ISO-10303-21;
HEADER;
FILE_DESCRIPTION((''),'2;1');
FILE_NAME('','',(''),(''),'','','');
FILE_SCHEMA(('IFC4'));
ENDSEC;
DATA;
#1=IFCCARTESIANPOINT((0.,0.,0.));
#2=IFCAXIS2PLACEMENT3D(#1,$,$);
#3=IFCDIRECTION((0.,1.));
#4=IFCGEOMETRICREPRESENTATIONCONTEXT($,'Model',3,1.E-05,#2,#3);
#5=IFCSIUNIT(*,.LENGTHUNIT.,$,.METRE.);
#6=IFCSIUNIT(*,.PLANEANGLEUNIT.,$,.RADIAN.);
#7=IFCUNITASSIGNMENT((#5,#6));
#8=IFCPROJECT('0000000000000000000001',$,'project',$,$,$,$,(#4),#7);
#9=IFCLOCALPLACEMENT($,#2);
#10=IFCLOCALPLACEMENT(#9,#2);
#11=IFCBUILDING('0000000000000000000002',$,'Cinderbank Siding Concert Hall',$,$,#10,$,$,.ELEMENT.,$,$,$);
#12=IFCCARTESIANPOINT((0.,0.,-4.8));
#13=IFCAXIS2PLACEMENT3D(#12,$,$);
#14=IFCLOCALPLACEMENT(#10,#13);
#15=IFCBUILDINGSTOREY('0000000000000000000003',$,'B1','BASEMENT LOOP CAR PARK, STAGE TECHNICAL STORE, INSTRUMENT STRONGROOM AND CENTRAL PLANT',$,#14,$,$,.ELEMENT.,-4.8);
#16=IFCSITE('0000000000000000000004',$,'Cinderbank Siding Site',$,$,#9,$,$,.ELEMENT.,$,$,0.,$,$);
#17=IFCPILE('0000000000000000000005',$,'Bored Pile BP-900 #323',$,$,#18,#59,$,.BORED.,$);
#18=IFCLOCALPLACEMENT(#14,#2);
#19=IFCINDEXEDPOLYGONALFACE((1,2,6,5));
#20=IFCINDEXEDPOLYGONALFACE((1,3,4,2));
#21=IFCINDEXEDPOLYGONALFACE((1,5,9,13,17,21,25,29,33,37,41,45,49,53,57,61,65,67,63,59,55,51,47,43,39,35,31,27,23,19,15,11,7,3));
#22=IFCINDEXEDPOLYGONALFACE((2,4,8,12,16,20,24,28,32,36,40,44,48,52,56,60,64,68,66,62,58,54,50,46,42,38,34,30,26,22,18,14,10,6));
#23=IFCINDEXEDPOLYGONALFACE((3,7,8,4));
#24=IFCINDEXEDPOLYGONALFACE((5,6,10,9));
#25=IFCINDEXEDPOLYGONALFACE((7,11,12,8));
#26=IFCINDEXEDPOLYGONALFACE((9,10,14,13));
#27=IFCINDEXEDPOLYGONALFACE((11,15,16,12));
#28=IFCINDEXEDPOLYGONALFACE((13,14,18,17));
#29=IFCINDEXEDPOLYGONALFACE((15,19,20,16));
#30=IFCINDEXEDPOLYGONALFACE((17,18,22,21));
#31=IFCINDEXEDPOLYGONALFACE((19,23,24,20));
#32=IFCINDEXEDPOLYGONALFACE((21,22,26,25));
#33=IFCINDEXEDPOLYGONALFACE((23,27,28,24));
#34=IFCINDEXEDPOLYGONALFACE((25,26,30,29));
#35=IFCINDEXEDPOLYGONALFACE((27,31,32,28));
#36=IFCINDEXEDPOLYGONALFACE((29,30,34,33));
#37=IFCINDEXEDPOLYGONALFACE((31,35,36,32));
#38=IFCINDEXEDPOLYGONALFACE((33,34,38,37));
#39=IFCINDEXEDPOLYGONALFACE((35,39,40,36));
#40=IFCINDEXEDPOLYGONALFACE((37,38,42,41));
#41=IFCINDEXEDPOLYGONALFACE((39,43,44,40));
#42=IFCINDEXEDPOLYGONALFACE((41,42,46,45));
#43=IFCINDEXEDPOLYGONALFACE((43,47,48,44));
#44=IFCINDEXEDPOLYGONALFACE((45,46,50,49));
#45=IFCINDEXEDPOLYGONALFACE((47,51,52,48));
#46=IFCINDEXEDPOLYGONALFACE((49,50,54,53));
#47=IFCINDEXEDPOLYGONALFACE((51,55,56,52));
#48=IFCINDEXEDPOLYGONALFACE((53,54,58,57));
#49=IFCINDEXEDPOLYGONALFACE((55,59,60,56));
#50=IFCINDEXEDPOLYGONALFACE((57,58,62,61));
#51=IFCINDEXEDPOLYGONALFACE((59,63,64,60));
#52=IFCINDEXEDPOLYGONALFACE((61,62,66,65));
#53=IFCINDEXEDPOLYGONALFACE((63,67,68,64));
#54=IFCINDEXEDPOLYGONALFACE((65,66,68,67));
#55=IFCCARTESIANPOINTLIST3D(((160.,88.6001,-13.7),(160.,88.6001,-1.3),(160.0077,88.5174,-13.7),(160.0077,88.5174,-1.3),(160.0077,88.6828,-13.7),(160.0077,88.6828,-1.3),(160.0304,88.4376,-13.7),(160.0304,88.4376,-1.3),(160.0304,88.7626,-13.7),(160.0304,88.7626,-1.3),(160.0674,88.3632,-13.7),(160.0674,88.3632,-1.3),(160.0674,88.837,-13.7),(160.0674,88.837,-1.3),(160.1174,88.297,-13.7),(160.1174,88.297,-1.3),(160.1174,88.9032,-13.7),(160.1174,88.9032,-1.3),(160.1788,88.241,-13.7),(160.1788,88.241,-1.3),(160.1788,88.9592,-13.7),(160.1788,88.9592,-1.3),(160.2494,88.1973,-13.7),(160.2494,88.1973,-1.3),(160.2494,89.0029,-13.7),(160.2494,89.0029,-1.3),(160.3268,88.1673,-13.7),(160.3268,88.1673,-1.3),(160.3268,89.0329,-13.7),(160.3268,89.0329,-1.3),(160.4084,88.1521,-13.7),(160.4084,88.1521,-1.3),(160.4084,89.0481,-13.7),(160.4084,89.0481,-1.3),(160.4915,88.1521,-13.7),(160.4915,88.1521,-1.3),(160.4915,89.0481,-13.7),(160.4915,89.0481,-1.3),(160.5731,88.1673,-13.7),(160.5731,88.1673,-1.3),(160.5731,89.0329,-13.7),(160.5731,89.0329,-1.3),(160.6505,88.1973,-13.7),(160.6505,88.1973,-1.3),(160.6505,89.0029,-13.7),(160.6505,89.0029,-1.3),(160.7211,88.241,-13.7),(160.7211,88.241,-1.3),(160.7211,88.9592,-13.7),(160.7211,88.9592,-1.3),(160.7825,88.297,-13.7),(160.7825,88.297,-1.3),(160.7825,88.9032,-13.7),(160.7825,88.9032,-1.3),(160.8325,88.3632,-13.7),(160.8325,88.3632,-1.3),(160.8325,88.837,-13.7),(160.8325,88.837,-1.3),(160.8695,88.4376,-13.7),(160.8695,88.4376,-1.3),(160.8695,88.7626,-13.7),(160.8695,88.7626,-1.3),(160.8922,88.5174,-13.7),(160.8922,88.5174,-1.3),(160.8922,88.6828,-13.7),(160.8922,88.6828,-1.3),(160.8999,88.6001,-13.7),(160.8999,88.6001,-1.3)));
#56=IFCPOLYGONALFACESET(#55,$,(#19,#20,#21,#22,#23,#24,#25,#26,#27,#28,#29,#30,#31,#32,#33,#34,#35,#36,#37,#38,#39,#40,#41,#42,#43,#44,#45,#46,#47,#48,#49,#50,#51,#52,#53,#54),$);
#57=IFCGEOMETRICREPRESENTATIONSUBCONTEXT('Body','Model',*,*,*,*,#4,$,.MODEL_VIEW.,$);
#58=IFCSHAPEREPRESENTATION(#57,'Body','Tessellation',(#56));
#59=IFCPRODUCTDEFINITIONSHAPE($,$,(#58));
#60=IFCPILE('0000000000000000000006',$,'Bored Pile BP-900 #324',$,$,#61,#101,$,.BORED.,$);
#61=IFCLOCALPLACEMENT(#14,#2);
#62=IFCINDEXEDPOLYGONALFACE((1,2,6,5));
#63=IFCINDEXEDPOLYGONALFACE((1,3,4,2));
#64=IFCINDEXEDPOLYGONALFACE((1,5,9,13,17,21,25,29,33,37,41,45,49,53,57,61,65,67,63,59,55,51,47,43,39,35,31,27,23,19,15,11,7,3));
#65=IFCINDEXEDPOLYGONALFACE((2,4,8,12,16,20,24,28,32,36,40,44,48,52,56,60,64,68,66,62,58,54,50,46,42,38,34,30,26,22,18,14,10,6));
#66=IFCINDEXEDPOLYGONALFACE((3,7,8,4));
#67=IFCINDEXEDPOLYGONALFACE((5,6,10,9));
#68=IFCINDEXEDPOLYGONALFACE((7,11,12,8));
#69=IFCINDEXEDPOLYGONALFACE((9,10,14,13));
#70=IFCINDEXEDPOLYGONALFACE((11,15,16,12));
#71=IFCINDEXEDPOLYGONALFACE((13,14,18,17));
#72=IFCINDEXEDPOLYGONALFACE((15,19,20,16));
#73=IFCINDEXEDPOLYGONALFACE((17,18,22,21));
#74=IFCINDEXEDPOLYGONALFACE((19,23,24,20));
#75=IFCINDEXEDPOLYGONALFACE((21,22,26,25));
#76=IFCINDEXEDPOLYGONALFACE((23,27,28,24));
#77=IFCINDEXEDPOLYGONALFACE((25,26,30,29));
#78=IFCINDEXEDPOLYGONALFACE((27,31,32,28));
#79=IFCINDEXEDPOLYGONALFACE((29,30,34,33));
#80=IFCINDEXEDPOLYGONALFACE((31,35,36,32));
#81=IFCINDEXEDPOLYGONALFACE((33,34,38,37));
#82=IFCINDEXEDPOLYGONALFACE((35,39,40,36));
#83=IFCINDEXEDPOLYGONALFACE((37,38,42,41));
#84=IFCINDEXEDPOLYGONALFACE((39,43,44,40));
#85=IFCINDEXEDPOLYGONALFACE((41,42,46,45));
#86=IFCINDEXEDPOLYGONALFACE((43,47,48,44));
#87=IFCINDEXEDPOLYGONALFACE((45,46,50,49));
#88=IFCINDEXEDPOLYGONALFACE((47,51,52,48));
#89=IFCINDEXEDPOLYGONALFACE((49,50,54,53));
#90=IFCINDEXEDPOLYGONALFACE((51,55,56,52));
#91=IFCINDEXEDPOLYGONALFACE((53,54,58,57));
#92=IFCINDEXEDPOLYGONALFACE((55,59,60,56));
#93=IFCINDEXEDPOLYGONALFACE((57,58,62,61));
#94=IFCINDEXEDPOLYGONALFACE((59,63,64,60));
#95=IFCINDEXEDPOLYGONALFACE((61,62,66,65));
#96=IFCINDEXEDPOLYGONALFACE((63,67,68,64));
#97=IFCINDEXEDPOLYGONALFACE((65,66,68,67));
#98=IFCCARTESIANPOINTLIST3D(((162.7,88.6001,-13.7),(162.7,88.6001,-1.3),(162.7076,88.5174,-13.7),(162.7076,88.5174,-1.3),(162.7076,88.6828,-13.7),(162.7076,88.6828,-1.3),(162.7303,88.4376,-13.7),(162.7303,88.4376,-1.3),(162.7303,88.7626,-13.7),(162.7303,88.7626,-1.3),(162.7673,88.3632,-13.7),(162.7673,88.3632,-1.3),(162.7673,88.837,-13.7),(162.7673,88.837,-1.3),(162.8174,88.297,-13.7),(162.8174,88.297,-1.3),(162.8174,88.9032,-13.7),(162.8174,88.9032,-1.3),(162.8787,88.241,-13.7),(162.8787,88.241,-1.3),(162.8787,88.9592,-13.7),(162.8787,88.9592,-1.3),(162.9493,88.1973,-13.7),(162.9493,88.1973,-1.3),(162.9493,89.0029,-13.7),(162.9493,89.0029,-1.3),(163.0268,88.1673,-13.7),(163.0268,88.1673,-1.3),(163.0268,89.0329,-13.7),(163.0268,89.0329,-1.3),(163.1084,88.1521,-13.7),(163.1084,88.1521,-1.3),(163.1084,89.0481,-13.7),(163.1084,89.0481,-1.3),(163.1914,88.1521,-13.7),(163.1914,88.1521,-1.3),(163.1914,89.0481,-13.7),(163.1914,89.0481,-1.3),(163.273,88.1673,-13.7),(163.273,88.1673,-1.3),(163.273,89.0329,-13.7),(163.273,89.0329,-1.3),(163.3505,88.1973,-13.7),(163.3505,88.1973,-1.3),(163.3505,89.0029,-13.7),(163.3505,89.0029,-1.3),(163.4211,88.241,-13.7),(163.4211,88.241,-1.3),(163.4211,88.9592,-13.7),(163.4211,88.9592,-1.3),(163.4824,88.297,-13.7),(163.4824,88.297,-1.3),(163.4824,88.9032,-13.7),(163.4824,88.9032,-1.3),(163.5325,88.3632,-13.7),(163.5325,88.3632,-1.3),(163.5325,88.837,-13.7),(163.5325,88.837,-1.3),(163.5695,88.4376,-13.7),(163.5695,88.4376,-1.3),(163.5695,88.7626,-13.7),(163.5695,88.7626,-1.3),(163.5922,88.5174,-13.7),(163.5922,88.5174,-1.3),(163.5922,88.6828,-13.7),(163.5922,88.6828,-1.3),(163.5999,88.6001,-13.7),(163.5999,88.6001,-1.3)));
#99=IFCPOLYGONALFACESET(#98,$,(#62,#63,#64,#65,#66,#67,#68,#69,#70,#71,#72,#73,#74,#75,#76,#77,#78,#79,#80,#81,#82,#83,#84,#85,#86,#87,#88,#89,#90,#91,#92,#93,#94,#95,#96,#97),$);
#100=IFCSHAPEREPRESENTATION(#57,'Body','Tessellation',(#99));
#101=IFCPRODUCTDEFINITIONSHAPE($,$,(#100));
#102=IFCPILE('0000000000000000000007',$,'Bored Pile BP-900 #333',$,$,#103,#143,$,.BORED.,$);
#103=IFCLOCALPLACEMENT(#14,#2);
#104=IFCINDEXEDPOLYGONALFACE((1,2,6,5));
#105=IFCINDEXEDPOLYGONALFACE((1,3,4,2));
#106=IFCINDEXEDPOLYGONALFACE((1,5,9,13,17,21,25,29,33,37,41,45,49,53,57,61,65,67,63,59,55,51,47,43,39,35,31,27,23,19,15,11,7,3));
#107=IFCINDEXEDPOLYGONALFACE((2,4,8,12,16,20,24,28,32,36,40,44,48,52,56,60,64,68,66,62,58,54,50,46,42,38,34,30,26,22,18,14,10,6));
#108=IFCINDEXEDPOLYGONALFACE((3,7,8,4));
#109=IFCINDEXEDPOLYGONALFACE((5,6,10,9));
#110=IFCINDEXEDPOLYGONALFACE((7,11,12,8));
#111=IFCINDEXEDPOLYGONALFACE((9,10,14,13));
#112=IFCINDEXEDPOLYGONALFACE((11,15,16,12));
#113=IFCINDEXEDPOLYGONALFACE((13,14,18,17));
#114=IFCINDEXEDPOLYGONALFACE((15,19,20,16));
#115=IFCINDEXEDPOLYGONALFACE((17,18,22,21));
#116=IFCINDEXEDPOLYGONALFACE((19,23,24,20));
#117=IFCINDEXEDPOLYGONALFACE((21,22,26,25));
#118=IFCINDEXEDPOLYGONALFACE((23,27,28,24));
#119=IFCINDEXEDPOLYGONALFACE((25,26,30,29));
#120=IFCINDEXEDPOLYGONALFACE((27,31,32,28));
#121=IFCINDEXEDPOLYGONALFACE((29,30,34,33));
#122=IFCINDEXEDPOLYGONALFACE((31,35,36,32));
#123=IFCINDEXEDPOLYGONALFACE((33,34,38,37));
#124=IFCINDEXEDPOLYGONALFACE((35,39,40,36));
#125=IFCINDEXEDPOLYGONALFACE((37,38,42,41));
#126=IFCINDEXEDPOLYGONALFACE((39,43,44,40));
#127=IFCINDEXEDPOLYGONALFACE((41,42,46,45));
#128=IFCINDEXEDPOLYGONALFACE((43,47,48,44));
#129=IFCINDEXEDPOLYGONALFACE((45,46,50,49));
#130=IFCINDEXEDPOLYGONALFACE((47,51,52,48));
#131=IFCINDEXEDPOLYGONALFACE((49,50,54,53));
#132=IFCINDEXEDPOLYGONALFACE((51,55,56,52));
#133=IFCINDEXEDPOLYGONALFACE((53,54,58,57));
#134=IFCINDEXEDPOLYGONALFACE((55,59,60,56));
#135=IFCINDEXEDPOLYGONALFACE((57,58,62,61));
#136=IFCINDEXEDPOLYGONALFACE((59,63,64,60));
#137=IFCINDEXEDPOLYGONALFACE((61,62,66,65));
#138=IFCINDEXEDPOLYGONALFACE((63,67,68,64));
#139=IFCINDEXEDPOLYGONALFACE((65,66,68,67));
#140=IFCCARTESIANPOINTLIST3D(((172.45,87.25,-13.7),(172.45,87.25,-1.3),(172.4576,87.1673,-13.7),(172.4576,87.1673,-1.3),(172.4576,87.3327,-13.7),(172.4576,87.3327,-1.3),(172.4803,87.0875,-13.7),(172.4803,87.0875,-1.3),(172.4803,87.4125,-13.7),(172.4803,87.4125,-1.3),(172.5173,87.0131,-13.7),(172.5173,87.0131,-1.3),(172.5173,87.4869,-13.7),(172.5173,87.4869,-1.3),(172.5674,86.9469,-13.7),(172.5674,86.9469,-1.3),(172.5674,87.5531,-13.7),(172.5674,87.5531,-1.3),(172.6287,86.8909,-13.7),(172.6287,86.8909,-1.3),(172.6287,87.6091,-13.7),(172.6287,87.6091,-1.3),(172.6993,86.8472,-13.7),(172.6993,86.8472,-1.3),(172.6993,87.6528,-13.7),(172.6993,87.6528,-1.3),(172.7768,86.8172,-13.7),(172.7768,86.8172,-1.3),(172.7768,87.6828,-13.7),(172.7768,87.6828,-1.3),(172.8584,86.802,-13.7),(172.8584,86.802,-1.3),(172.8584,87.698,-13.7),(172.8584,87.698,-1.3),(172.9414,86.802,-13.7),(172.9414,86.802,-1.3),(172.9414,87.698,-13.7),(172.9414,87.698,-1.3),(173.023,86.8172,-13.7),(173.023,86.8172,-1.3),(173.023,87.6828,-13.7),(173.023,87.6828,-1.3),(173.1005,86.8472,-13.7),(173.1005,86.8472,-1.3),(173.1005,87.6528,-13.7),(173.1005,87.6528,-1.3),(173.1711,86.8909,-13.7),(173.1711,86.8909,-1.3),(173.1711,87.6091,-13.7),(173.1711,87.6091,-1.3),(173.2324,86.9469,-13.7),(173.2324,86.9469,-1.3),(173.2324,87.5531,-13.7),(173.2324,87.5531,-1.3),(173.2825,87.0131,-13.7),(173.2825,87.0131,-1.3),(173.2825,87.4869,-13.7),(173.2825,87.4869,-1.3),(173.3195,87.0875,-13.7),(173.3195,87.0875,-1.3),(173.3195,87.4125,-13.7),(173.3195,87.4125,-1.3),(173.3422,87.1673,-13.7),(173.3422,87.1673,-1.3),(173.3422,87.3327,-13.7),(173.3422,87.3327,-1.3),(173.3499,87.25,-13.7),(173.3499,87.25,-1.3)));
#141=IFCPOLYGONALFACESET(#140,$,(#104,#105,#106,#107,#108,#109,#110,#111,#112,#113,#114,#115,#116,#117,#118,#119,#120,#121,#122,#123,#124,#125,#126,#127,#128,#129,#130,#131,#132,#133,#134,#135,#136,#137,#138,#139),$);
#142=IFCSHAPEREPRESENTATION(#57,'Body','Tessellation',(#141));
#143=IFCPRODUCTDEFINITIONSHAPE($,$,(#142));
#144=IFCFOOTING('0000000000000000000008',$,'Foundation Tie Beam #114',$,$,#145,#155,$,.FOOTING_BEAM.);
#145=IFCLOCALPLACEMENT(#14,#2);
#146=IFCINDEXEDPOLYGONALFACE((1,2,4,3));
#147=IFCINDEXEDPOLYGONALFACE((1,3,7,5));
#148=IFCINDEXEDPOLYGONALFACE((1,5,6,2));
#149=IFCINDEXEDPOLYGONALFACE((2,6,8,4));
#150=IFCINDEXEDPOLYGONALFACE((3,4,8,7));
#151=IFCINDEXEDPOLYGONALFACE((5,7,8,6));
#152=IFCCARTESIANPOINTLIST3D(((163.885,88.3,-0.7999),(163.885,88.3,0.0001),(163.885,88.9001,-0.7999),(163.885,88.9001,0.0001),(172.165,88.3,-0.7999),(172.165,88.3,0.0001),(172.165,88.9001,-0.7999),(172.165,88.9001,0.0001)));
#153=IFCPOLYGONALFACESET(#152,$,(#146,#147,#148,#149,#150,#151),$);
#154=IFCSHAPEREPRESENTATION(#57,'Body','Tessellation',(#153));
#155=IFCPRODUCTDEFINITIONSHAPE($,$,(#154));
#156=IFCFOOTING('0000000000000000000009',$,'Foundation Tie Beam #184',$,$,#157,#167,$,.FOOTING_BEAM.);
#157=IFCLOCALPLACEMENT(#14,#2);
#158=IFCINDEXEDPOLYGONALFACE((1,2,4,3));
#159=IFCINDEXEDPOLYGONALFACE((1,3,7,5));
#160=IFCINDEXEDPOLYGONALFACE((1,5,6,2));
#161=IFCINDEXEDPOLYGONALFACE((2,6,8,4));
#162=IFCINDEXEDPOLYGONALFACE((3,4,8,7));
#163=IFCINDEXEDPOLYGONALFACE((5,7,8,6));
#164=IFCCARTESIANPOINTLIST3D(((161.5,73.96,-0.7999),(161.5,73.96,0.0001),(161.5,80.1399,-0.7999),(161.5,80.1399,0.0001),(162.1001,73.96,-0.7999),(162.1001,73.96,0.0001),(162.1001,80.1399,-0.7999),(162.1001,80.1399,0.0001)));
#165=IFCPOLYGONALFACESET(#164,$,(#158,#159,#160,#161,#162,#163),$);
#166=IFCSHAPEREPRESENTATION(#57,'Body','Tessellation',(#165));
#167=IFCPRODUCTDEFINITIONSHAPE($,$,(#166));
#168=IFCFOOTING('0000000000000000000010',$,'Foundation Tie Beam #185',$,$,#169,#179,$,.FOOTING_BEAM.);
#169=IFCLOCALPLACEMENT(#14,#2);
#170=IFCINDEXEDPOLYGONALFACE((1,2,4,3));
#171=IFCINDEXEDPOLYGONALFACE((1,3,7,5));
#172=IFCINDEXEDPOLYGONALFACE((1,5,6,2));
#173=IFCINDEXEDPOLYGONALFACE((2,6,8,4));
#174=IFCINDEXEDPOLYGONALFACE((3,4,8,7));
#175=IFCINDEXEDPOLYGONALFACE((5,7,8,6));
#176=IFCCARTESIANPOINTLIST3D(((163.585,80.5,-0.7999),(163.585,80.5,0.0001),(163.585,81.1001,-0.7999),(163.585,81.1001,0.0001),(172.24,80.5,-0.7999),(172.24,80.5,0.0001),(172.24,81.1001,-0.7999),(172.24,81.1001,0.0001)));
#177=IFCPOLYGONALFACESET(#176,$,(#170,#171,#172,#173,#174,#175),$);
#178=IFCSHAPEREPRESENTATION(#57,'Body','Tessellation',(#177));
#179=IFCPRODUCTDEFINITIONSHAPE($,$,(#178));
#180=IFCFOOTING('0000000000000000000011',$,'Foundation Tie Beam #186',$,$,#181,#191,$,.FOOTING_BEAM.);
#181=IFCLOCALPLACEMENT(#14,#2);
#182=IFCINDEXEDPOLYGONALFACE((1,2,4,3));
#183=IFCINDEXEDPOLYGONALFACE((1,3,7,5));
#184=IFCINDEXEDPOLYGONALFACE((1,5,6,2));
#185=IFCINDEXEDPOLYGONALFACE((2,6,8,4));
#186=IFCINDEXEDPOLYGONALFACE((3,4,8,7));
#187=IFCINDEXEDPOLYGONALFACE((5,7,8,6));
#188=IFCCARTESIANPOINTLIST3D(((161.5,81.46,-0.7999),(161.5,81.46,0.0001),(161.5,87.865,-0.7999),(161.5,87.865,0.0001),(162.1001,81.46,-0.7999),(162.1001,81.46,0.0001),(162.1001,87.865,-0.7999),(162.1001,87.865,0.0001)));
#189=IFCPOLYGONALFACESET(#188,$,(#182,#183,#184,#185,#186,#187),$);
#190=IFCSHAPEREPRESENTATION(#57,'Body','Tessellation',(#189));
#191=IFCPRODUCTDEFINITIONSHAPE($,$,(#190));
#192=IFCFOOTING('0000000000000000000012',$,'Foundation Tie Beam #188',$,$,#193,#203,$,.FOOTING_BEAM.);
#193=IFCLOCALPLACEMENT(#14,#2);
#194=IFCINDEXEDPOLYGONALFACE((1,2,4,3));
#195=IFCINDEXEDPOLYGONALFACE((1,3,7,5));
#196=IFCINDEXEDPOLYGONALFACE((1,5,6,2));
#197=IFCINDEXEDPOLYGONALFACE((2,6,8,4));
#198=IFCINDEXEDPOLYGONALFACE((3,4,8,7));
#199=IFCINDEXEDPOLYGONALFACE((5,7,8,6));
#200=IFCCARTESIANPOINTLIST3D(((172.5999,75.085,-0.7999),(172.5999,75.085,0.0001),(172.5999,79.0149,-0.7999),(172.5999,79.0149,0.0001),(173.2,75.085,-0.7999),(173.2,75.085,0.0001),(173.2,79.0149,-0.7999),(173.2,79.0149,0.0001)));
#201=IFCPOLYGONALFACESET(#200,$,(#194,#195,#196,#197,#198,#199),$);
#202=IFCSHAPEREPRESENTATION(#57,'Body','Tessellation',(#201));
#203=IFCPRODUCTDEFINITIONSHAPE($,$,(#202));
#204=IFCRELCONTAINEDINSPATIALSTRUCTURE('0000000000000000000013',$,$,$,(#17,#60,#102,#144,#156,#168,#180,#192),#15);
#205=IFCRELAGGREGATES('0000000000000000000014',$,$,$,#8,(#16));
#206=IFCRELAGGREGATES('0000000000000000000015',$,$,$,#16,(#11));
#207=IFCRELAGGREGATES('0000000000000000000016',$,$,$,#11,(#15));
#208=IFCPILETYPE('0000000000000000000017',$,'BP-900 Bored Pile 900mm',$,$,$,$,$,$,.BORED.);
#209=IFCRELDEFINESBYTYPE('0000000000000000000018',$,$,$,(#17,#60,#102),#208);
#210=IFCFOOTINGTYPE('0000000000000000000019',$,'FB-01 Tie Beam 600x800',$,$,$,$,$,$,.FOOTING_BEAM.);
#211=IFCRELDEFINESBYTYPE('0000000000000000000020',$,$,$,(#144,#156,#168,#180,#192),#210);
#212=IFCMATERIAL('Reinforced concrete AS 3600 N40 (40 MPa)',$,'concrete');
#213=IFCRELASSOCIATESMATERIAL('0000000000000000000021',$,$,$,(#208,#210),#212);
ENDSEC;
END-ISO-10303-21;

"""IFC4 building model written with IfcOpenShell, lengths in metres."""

from ifc_helpers import new_model, si_unit, direction, frame, origin, origin_2d, place, context, subcontext, project, spatial, rectangle, circle, extrude, material, material_profile, profile_set, type_object, element, save


model = new_model("IFC4")

# Units and contexts
model_context = context("Model", 3, precision=1e-05, world=origin(), true_north=direction((0.0, 1.0)))
body_context = subcontext(model_context, "Body", "Model", "MODEL_VIEW")
ifc_project = project(units=[si_unit("LENGTHUNIT", "METRE"), si_unit("PLANEANGLEUNIT", "RADIAN")], contexts=[model_context])

# Site, building, storey
site_placement = place(None, origin())
site = spatial("IfcSite", under=ifc_project, at=site_placement, Name="Cinderbank Siding Site", CompositionType="ELEMENT", RefElevation=0.0)
building_placement = place(site_placement, origin())
building = spatial("IfcBuilding", under=site, at=building_placement, Name="Cinderbank Siding Concert Hall", CompositionType="ELEMENT")
storey_placement = place(building_placement, frame((0.0, 0.0, -4.8)))
storey = spatial("IfcBuildingStorey", under=building, at=storey_placement, Name="B1", Description="BASEMENT LOOP CAR PARK, STAGE TECHNICAL STORE, INSTRUMENT STRONGROOM AND CENTRAL PLANT", CompositionType="ELEMENT", Elevation=-4.8)

# Piles
ifc_material_1 = material(Name="Reinforced concrete AS 3600 N40 (40 MPa)", Category="concrete")
ifc_material_profile_1 = material_profile(ifc_material_1, circle(Radius=0.45, at=origin_2d()), Name="PILE-900DIA", Category="LoadBearing")
ifc_profile_set_1 = profile_set([ifc_material_profile_1], Name="Reinforced concrete AS 3600 N40 (40 MPa)")
pile_type_1 = type_object("IfcPileType", Name="BP-900 Bored Pile 900mm", PredefinedType="BORED", material=ifc_profile_set_1)
for number, where, z_axis, x_axis, name in (
    (1, (160.45, 88.6001, -1.3), (0.0, 0.0, -1.0), (1.0, 0.0, 0.0), "Bored Pile BP-900 #323"),
    (2, (163.1499, 88.6001, -1.3), (0.0, 0.0, -1.0), (1.0, 0.0, 0.0), "Bored Pile BP-900 #324"),
    (3, (172.8999, 87.25, -1.3), (0.0, 0.0, -1.0), (1.0, 0.0, 0.0), "Bored Pile BP-900 #333"),
):
    element("IfcPile", number, at=place(storey_placement, frame(where, z_axis=z_axis, x_axis=x_axis)), inside=storey, type_object=pile_type_1, Name=name, PredefinedType="BORED", context=body_context, shape_type="SweptSolid", body=[
        extrude(circle(Radius=0.45, at=origin_2d()), origin(), (0.0, 0.0, 1.0), 12.3999),
    ])

# Footings
ifc_material_profile_2 = material_profile(ifc_material_1, rectangle(XDim=0.6001, YDim=0.8, at=origin_2d()), Name="RC-FB-600x800", Category="LoadBearing")
ifc_profile_set_2 = profile_set([ifc_material_profile_2], Name="Reinforced concrete AS 3600 N40 (40 MPa)")
footing_type_1 = type_object("IfcFootingType", Name="FB-01 Tie Beam 600x800", PredefinedType="FOOTING_BEAM", material=ifc_profile_set_2)
footing_1_placement = place(storey_placement, frame((163.885, 88.6001, -0.3999), z_axis=(1.0, 0.0, 0.0), x_axis=(0.0, 1.0, 0.0)))
element("IfcFooting", 4, at=footing_1_placement, inside=storey, type_object=footing_type_1, Name="Foundation Tie Beam #114", PredefinedType="FOOTING_BEAM", context=body_context, shape_type="SweptSolid", body=[
    extrude(rectangle(XDim=0.6001, YDim=0.8, at=origin_2d()), origin(), (0.0, 0.0, 1.0), 8.28),
])
footing_2_placement = place(storey_placement, frame((161.8, 73.96, -0.3999), z_axis=(0.0, 1.0, 0.0), x_axis=(-1.0, 0.0, 0.0)))
element("IfcFooting", 5, at=footing_2_placement, inside=storey, type_object=footing_type_1, Name="Foundation Tie Beam #184", PredefinedType="FOOTING_BEAM", context=body_context, shape_type="SweptSolid", body=[
    extrude(rectangle(XDim=0.6001, YDim=0.8, at=origin_2d()), origin(), (0.0, 0.0, 1.0), 6.1799),
])
footing_3_placement = place(storey_placement, frame((163.585, 80.8, -0.3999), z_axis=(1.0, 0.0, 0.0), x_axis=(0.0, 1.0, 0.0)))
element("IfcFooting", 6, at=footing_3_placement, inside=storey, type_object=footing_type_1, Name="Foundation Tie Beam #185", PredefinedType="FOOTING_BEAM", context=body_context, shape_type="SweptSolid", body=[
    extrude(rectangle(XDim=0.6001, YDim=0.8, at=origin_2d()), origin(), (0.0, 0.0, 1.0), 8.655),
])
footing_4_placement = place(storey_placement, frame((161.8, 81.46, -0.3999), z_axis=(0.0, 1.0, 0.0), x_axis=(-1.0, 0.0, 0.0)))
element("IfcFooting", 7, at=footing_4_placement, inside=storey, type_object=footing_type_1, Name="Foundation Tie Beam #186", PredefinedType="FOOTING_BEAM", context=body_context, shape_type="SweptSolid", body=[
    extrude(rectangle(XDim=0.6001, YDim=0.8, at=origin_2d()), origin(), (0.0, 0.0, 1.0), 6.405),
])
for number, where, z_axis, x_axis, name in (
    (8, (172.8999, 75.085, -0.3999), (0.0, 1.0, 0.0), (-1.0, 0.0, 0.0), "Foundation Tie Beam #188"),
):
    element("IfcFooting", number, at=place(storey_placement, frame(where, z_axis=z_axis, x_axis=x_axis)), inside=storey, type_object=footing_type_1, Name=name, PredefinedType="FOOTING_BEAM", context=body_context, shape_type="SweptSolid", body=[
        extrude(rectangle(XDim=0.6001, YDim=0.8, at=origin_2d()), origin(), (0.0, 0.0, 1.0), 3.9299),
    ])

save(model, "model.ifc")
